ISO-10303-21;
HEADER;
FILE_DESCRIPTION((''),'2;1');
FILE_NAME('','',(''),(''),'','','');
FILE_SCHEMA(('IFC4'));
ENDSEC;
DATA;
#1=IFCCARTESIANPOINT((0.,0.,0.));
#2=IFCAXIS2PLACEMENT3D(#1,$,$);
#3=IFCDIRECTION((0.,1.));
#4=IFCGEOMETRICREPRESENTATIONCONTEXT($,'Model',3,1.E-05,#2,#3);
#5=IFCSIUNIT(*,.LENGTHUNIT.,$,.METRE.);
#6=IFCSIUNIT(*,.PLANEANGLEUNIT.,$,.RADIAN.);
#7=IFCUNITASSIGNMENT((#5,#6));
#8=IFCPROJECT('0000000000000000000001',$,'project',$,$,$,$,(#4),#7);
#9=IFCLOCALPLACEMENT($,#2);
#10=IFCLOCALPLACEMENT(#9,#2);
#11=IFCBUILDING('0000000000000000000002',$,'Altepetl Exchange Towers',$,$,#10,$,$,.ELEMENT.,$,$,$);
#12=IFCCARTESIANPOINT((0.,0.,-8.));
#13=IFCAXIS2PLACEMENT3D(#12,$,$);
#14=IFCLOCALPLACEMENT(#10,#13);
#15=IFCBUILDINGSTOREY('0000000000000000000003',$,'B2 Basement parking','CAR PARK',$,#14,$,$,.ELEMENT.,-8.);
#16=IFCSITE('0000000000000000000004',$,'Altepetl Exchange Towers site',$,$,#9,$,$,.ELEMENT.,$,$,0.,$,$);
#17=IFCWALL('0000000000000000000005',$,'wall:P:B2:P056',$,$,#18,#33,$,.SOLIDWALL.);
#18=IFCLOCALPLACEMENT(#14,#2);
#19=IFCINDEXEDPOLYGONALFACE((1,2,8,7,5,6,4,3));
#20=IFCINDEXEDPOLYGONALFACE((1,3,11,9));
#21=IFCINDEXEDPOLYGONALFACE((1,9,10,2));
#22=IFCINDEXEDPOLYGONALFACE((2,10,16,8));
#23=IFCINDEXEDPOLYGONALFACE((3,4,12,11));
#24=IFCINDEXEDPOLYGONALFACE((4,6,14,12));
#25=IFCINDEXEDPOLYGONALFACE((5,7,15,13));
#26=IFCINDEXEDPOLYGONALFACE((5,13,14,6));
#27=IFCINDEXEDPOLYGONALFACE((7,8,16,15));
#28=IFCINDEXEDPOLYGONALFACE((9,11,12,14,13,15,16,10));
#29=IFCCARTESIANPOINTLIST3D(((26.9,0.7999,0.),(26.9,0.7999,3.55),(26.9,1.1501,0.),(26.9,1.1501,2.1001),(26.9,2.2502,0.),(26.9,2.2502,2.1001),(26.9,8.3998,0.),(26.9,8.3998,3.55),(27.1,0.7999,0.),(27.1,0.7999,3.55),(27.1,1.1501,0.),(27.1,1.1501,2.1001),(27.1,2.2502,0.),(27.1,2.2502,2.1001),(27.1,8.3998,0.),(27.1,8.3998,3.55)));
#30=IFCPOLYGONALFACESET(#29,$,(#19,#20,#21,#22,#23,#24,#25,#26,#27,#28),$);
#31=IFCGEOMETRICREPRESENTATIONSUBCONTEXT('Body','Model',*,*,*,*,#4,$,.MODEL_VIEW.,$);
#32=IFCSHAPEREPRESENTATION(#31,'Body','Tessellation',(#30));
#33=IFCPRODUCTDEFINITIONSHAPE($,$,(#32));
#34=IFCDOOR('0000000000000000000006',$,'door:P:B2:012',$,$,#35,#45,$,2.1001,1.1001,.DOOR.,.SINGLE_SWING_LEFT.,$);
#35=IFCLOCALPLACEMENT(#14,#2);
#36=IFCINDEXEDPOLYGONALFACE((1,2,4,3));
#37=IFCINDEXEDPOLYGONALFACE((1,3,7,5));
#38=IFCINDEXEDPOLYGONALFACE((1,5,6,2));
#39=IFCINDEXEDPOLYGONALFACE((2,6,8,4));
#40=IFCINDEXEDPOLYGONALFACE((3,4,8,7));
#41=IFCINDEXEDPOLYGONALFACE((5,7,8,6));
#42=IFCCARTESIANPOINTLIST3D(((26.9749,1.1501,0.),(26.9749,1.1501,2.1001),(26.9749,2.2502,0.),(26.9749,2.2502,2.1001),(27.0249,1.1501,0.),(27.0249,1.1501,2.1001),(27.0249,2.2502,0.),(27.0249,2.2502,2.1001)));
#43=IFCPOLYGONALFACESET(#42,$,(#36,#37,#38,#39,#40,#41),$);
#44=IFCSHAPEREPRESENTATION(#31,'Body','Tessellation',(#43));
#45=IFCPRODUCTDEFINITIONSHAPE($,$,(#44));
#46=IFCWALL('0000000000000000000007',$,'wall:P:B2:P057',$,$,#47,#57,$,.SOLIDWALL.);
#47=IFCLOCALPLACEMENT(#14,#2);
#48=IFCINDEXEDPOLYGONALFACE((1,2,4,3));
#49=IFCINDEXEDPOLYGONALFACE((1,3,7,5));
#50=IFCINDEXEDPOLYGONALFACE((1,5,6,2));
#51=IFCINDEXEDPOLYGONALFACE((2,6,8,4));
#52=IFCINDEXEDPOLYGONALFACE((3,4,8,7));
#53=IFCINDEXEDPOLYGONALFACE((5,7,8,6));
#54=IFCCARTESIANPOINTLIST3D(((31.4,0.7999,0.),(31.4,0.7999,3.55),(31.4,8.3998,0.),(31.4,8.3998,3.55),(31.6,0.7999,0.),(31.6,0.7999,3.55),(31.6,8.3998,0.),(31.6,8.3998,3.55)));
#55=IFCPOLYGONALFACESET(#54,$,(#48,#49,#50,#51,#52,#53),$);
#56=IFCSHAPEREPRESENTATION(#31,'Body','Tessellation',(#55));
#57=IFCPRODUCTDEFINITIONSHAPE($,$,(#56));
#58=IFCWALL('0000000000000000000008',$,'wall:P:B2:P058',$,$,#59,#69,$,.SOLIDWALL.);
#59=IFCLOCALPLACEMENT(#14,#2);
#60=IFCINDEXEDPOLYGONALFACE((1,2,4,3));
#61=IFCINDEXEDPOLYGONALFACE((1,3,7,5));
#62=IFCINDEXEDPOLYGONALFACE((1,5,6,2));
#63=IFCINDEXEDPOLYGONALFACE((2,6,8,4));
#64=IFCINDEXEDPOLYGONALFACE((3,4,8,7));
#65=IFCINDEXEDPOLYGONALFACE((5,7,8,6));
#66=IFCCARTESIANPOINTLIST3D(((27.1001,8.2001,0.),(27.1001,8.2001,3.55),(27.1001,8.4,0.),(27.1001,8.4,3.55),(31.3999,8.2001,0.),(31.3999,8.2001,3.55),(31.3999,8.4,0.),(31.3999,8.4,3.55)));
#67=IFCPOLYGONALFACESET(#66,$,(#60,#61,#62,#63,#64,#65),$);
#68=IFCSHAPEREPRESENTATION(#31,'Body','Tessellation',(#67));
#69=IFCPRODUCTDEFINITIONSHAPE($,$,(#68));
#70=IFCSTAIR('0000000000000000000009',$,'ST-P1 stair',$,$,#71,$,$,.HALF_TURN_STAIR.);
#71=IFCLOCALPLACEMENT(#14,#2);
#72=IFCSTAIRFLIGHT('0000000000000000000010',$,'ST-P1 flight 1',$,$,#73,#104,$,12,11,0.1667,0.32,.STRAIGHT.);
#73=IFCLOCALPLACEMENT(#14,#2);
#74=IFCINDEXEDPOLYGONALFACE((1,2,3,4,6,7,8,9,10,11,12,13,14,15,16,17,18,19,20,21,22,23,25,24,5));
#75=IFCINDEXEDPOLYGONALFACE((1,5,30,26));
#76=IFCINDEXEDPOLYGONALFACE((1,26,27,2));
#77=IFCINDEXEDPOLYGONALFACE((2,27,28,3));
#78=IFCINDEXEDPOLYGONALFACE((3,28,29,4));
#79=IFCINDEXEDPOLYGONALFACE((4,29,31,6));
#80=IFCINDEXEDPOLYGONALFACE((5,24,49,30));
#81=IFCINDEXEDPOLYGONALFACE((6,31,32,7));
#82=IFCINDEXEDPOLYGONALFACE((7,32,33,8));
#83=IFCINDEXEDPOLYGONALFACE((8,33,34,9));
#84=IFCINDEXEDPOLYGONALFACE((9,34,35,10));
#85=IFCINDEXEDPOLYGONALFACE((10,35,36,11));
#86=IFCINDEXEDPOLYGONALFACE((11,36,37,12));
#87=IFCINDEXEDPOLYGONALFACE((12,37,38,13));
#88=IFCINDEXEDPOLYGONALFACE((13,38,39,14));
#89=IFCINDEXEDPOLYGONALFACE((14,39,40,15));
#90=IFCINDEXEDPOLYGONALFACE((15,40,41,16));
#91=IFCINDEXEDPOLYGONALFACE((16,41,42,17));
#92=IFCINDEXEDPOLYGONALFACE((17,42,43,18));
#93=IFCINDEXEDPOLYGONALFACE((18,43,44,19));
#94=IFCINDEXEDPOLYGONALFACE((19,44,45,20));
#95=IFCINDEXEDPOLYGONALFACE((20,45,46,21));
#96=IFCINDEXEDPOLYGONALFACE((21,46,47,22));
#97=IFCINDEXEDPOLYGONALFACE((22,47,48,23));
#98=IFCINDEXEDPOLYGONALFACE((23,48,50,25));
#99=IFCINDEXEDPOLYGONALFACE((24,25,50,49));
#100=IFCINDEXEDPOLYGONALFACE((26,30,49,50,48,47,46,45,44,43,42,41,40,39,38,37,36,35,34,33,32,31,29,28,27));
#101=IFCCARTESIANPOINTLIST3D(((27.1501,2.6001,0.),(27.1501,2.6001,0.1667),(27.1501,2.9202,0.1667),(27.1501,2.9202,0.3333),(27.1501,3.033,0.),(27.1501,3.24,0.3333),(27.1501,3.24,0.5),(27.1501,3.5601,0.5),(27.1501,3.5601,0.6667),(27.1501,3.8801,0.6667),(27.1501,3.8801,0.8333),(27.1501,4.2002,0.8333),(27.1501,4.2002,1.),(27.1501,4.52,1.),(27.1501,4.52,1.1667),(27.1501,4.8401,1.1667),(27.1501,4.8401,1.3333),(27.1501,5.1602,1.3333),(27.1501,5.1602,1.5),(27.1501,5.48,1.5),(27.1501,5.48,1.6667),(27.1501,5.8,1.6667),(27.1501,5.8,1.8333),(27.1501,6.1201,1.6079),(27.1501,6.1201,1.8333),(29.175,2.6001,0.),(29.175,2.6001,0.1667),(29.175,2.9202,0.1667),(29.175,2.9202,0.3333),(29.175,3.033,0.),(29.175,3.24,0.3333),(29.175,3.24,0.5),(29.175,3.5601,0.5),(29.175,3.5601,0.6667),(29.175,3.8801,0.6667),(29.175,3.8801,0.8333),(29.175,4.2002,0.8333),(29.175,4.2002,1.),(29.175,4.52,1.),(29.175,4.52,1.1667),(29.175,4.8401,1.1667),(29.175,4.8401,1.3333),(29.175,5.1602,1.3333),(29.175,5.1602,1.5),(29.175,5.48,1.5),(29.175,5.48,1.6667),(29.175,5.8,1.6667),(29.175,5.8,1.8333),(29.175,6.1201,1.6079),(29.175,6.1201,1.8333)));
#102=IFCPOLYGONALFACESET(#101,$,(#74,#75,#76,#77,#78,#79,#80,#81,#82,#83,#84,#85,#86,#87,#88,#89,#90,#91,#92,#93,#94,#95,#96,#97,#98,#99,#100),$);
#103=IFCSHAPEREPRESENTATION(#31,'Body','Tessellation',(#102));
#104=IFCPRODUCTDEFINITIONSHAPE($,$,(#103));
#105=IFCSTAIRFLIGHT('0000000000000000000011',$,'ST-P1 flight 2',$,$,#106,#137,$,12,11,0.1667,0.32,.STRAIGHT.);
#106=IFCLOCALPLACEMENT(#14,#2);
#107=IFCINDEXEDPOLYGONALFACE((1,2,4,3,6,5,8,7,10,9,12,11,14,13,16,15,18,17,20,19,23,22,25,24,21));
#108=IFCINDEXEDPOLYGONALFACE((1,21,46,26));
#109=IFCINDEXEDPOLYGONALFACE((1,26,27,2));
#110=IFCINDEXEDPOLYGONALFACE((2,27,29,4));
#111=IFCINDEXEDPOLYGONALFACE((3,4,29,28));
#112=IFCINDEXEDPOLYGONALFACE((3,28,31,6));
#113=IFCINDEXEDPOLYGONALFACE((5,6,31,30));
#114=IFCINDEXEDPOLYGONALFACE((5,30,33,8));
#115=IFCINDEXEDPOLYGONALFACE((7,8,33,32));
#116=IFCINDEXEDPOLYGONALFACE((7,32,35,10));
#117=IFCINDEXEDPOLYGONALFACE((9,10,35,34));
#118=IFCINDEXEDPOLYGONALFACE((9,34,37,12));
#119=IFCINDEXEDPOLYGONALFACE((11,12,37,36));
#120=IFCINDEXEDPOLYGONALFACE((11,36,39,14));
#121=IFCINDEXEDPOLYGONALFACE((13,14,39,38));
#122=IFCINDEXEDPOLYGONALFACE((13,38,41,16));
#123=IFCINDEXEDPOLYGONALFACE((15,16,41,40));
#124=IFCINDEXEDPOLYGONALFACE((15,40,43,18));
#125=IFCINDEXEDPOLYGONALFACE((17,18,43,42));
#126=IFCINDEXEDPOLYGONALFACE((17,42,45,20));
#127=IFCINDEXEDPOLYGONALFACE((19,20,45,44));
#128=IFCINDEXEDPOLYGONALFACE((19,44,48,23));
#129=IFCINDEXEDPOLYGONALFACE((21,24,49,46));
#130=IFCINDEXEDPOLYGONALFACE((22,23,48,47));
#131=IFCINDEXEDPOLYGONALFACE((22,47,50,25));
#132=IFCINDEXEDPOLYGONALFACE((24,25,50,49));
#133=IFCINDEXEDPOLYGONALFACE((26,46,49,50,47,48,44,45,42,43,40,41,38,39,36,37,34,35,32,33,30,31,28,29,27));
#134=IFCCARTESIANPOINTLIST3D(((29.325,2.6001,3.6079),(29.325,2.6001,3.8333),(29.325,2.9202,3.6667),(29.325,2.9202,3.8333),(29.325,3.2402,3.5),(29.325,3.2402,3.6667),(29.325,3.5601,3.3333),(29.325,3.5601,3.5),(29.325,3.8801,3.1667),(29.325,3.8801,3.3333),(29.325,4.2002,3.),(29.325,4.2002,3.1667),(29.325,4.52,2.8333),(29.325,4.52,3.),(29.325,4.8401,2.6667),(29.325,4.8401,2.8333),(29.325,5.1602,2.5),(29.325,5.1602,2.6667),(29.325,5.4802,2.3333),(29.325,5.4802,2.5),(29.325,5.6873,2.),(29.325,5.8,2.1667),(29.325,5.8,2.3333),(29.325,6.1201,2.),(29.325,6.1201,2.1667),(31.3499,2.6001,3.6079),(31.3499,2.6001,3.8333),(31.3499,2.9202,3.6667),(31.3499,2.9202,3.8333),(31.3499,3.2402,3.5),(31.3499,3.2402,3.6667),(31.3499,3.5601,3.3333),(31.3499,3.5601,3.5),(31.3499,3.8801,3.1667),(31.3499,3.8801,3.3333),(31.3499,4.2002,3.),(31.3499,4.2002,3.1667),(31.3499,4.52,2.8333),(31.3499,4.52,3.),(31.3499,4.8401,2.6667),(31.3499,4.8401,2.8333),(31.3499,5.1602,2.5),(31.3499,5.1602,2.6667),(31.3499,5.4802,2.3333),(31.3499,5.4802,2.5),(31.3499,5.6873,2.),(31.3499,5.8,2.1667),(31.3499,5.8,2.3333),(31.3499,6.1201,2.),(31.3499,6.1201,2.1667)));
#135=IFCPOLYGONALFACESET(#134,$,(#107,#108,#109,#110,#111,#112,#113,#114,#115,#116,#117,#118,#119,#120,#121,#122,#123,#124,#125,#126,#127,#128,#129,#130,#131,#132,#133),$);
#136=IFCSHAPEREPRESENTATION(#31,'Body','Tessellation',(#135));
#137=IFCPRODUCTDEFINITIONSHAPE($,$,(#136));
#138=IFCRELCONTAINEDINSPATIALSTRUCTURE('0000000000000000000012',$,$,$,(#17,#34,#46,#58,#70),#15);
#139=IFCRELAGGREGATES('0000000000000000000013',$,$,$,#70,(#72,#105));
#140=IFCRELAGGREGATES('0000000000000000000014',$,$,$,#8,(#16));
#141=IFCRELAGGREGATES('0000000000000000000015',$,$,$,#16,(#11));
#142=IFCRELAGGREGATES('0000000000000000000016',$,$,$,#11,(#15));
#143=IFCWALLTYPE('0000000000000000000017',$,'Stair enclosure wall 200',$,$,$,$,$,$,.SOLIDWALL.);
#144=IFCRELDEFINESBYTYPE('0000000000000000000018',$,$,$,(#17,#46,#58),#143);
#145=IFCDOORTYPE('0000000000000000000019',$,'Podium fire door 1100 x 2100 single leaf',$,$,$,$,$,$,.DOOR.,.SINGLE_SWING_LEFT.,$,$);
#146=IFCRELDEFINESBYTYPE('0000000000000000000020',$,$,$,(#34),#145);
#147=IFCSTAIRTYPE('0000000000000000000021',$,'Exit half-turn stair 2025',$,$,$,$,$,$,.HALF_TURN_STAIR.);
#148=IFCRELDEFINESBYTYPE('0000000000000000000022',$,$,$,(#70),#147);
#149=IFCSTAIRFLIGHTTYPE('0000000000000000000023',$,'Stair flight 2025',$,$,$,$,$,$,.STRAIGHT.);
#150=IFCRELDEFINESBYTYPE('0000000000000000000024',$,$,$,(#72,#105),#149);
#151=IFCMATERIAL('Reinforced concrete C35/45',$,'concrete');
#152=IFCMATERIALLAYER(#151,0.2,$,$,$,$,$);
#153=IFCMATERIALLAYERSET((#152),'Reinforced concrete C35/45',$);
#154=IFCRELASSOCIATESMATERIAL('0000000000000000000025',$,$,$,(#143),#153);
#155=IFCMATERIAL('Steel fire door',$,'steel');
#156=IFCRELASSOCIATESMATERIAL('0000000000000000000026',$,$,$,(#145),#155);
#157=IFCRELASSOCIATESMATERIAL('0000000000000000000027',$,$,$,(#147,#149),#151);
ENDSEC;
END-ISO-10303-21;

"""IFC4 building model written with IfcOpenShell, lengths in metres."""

from ifc_helpers import new_model, si_unit, direction, frame, frame_2d, origin, place, context, subcontext, project, spatial, polyline, rectangle, outline, extrude, material, layer, layer_set, type_object, element, fill, aggregate, save


model = new_model("IFC4")

# Units and contexts
model_context = context("Model", 3, precision=1e-05, world=origin(), true_north=direction((0.0, 1.0)))
body_context = subcontext(model_context, "Body", "Model", "MODEL_VIEW")
ifc_project = project(units=[si_unit("LENGTHUNIT", "METRE"), si_unit("PLANEANGLEUNIT", "RADIAN")], contexts=[model_context])

# Site, building, storey
site_placement = place(None, origin())
site = spatial("IfcSite", under=ifc_project, at=site_placement, Name="Altepetl Exchange Towers site", CompositionType="ELEMENT", RefElevation=0.0)
building_placement = place(site_placement, origin())
building = spatial("IfcBuilding", under=site, at=building_placement, Name="Altepetl Exchange Towers", CompositionType="ELEMENT")
storey_placement = place(building_placement, frame((0.0, 0.0, -8.0)))
storey = spatial("IfcBuildingStorey", under=building, at=storey_placement, Name="B2 Basement parking", Description="CAR PARK", CompositionType="ELEMENT", Elevation=-8.0)

# Shared definitions
ifc_material_1 = material(Name="Reinforced concrete C35/45", Category="concrete")

# Wall, opening, door
ifc_material_2 = material(Name="Steel fire door", Category="steel")
ifc_layer_1 = layer(ifc_material_1, 0.2)
ifc_layer_set_1 = layer_set([ifc_layer_1], Name="Reinforced concrete C35/45")
wall_type_1 = type_object("IfcWallType", Name="Stair enclosure wall 200", PredefinedType="SOLIDWALL", material=ifc_layer_set_1)
wall_1_placement = place(storey_placement, frame((27.0, 0.8, 0.0), z_axis=(0.0, 0.0, 1.0), x_axis=(0.0, 1.0, 0.0)))
wall_1 = element("IfcWall", 1, at=wall_1_placement, inside=storey, type_object=wall_type_1, Name="wall:P:B2:P056", PredefinedType="SOLIDWALL", context=body_context, shape_type="SweptSolid", body=[
    extrude(rectangle(XDim=7.5999, YDim=0.2, at=frame_2d((3.7998, 0.0))), origin(), (0.0, 0.0, 1.0), 3.55),
])
opening_1_placement = place(wall_1_placement, frame((0.3501, 0.0, 0.0)))
opening_1 = element("IfcOpeningElement", 2, at=opening_1_placement, cuts=wall_1, PredefinedType="OPENING", context=body_context, shape_type="SweptSolid", body=[
    extrude(rectangle(XDim=1.1001, YDim=2.1001, at=frame_2d((0.55, 1.05))), frame((0.0, 0.1099, 0.0), z_axis=(0.0, -1.0, 0.0), x_axis=(1.0, 0.0, 0.0)), (0.0, 0.0, 1.0), 0.22),
])
door_type_1 = type_object("IfcDoorType", Name="Podium fire door 1100 x 2100 single leaf", OperationType="SINGLE_SWING_LEFT", PredefinedType="DOOR", material=ifc_material_2)
door_1_placement = place(opening_1_placement, frame((1.1001, 0.0, 0.0), x_axis=(-1.0, 0.0, 0.0)))
door_1 = element("IfcDoor", 3, at=door_1_placement, inside=storey, type_object=door_type_1, Name="door:P:B2:012", OperationType="SINGLE_SWING_LEFT", OverallHeight=2.1001, OverallWidth=1.1001, PredefinedType="DOOR", context=body_context, shape_type="SweptSolid", body=[
    extrude(rectangle(XDim=1.1001, YDim=2.1001, at=frame_2d((0.55, 1.05))), frame((0.0, 0.0249, 0.0), z_axis=(0.0, -1.0, 0.0), x_axis=(1.0, 0.0, 0.0)), (0.0, 0.0, 1.0), 0.05),
])
fill(opening_1, door_1)

# Walls
wall_2_placement = place(storey_placement, frame((31.5, 0.8, 0.0), z_axis=(0.0, 0.0, 1.0), x_axis=(0.0, 1.0, 0.0)))
element("IfcWall", 4, at=wall_2_placement, inside=storey, type_object=wall_type_1, Name="wall:P:B2:P057", PredefinedType="SOLIDWALL", context=body_context, shape_type="SweptSolid", body=[
    extrude(rectangle(XDim=7.5999, YDim=0.2, at=frame_2d((3.7998, 0.0))), origin(), (0.0, 0.0, 1.0), 3.55),
])
wall_3_placement = place(storey_placement, frame((27.1001, 8.3, 0.0)))
element("IfcWall", 5, at=wall_3_placement, inside=storey, type_object=wall_type_1, Name="wall:P:B2:P058", PredefinedType="SOLIDWALL", context=body_context, shape_type="SweptSolid", body=[
    extrude(rectangle(XDim=4.2998, YDim=0.2, at=frame_2d((2.1499, 0.0))), origin(), (0.0, 0.0, 1.0), 3.55),
])

# Stair, stair flights
stair_type = type_object("IfcStairType", Name="Exit half-turn stair 2025", PredefinedType="HALF_TURN_STAIR", material=ifc_material_1)
stair_placement = place(storey_placement, origin())
stair = element("IfcStair", 6, at=stair_placement, inside=storey, type_object=stair_type, Name="ST-P1 stair", PredefinedType="HALF_TURN_STAIR")
stair_flight_type = type_object("IfcStairFlightType", Name="Stair flight 2025", PredefinedType="STRAIGHT", material=ifc_material_1)
stair_flight_1_placement = place(storey_placement, frame((28.1626, 2.6001, 0.0), z_axis=(0.0, 0.0, 1.0), x_axis=(0.0, 1.0, 0.0)))
stair_flight_1 = element("IfcStairFlight", 7, at=stair_flight_1_placement, type_object=stair_flight_type, Name="ST-P1 flight 1", NumberOfRisers=12, NumberOfTreads=11, PredefinedType="STRAIGHT", RiserHeight=0.1667, TreadLength=0.32, context=body_context, shape_type="SweptSolid", body=[
    extrude(outline(polyline([(0.0, 0.0), (0.0, 0.1667), (0.3201, 0.1667), (0.3201, 0.3333), (0.6399, 0.3333), (0.6399, 0.5), (0.96, 0.5), (0.96, 0.6667), (1.28, 0.6667), (1.28, 0.8333), (1.6001, 0.8333), (1.6001, 1.0), (1.9199, 1.0), (1.9199, 1.1667), (2.24, 1.1667), (2.24, 1.3333), (2.5601, 1.3333), (2.5601, 1.5), (2.8799, 1.5), (2.8799, 1.6667), (3.2, 1.6667), (3.2, 1.8333), (3.52, 1.8333), (3.52, 2.0), (3.52, 1.6079), (0.4329, 0.0), (0.0, 0.0)])), frame((0.0, 1.0125, 0.0), z_axis=(0.0, -1.0, 0.0), x_axis=(1.0, 0.0, 0.0)), (0.0, 0.0, 1.0), 2.0249),
])
stair_flight_2_placement = place(storey_placement, frame((30.3374, 6.1201, 2.0), z_axis=(0.0, 0.0, 1.0), x_axis=(0.0, -1.0, 0.0)))
stair_flight_2 = element("IfcStairFlight", 8, at=stair_flight_2_placement, type_object=stair_flight_type, Name="ST-P1 flight 2", NumberOfRisers=12, NumberOfTreads=11, PredefinedType="STRAIGHT", RiserHeight=0.1667, TreadLength=0.32, context=body_context, shape_type="SweptSolid", body=[
    extrude(outline(polyline([(0.0, 0.0), (0.0, 0.1667), (0.3201, 0.1667), (0.3201, 0.3333), (0.6399, 0.3333), (0.6399, 0.5), (0.96, 0.5), (0.96, 0.6667), (1.28, 0.6667), (1.28, 0.8333), (1.6001, 0.8333), (1.6001, 1.0), (1.9199, 1.0), (1.9199, 1.1667), (2.24, 1.1667), (2.24, 1.3333), (2.5601, 1.3333), (2.5601, 1.5), (2.8799, 1.5), (2.8799, 1.6667), (3.2, 1.6667), (3.2, 1.8333), (3.52, 1.8333), (3.52, 2.0), (3.52, 1.6079), (0.4329, 0.0), (0.0, 0.0)])), frame((0.0, 1.0125, 0.0), z_axis=(0.0, -1.0, 0.0), x_axis=(1.0, 0.0, 0.0)), (0.0, 0.0, 1.0), 2.0249),
])
aggregate(stair, [stair_flight_1, stair_flight_2])

save(model, "model.ifc")
